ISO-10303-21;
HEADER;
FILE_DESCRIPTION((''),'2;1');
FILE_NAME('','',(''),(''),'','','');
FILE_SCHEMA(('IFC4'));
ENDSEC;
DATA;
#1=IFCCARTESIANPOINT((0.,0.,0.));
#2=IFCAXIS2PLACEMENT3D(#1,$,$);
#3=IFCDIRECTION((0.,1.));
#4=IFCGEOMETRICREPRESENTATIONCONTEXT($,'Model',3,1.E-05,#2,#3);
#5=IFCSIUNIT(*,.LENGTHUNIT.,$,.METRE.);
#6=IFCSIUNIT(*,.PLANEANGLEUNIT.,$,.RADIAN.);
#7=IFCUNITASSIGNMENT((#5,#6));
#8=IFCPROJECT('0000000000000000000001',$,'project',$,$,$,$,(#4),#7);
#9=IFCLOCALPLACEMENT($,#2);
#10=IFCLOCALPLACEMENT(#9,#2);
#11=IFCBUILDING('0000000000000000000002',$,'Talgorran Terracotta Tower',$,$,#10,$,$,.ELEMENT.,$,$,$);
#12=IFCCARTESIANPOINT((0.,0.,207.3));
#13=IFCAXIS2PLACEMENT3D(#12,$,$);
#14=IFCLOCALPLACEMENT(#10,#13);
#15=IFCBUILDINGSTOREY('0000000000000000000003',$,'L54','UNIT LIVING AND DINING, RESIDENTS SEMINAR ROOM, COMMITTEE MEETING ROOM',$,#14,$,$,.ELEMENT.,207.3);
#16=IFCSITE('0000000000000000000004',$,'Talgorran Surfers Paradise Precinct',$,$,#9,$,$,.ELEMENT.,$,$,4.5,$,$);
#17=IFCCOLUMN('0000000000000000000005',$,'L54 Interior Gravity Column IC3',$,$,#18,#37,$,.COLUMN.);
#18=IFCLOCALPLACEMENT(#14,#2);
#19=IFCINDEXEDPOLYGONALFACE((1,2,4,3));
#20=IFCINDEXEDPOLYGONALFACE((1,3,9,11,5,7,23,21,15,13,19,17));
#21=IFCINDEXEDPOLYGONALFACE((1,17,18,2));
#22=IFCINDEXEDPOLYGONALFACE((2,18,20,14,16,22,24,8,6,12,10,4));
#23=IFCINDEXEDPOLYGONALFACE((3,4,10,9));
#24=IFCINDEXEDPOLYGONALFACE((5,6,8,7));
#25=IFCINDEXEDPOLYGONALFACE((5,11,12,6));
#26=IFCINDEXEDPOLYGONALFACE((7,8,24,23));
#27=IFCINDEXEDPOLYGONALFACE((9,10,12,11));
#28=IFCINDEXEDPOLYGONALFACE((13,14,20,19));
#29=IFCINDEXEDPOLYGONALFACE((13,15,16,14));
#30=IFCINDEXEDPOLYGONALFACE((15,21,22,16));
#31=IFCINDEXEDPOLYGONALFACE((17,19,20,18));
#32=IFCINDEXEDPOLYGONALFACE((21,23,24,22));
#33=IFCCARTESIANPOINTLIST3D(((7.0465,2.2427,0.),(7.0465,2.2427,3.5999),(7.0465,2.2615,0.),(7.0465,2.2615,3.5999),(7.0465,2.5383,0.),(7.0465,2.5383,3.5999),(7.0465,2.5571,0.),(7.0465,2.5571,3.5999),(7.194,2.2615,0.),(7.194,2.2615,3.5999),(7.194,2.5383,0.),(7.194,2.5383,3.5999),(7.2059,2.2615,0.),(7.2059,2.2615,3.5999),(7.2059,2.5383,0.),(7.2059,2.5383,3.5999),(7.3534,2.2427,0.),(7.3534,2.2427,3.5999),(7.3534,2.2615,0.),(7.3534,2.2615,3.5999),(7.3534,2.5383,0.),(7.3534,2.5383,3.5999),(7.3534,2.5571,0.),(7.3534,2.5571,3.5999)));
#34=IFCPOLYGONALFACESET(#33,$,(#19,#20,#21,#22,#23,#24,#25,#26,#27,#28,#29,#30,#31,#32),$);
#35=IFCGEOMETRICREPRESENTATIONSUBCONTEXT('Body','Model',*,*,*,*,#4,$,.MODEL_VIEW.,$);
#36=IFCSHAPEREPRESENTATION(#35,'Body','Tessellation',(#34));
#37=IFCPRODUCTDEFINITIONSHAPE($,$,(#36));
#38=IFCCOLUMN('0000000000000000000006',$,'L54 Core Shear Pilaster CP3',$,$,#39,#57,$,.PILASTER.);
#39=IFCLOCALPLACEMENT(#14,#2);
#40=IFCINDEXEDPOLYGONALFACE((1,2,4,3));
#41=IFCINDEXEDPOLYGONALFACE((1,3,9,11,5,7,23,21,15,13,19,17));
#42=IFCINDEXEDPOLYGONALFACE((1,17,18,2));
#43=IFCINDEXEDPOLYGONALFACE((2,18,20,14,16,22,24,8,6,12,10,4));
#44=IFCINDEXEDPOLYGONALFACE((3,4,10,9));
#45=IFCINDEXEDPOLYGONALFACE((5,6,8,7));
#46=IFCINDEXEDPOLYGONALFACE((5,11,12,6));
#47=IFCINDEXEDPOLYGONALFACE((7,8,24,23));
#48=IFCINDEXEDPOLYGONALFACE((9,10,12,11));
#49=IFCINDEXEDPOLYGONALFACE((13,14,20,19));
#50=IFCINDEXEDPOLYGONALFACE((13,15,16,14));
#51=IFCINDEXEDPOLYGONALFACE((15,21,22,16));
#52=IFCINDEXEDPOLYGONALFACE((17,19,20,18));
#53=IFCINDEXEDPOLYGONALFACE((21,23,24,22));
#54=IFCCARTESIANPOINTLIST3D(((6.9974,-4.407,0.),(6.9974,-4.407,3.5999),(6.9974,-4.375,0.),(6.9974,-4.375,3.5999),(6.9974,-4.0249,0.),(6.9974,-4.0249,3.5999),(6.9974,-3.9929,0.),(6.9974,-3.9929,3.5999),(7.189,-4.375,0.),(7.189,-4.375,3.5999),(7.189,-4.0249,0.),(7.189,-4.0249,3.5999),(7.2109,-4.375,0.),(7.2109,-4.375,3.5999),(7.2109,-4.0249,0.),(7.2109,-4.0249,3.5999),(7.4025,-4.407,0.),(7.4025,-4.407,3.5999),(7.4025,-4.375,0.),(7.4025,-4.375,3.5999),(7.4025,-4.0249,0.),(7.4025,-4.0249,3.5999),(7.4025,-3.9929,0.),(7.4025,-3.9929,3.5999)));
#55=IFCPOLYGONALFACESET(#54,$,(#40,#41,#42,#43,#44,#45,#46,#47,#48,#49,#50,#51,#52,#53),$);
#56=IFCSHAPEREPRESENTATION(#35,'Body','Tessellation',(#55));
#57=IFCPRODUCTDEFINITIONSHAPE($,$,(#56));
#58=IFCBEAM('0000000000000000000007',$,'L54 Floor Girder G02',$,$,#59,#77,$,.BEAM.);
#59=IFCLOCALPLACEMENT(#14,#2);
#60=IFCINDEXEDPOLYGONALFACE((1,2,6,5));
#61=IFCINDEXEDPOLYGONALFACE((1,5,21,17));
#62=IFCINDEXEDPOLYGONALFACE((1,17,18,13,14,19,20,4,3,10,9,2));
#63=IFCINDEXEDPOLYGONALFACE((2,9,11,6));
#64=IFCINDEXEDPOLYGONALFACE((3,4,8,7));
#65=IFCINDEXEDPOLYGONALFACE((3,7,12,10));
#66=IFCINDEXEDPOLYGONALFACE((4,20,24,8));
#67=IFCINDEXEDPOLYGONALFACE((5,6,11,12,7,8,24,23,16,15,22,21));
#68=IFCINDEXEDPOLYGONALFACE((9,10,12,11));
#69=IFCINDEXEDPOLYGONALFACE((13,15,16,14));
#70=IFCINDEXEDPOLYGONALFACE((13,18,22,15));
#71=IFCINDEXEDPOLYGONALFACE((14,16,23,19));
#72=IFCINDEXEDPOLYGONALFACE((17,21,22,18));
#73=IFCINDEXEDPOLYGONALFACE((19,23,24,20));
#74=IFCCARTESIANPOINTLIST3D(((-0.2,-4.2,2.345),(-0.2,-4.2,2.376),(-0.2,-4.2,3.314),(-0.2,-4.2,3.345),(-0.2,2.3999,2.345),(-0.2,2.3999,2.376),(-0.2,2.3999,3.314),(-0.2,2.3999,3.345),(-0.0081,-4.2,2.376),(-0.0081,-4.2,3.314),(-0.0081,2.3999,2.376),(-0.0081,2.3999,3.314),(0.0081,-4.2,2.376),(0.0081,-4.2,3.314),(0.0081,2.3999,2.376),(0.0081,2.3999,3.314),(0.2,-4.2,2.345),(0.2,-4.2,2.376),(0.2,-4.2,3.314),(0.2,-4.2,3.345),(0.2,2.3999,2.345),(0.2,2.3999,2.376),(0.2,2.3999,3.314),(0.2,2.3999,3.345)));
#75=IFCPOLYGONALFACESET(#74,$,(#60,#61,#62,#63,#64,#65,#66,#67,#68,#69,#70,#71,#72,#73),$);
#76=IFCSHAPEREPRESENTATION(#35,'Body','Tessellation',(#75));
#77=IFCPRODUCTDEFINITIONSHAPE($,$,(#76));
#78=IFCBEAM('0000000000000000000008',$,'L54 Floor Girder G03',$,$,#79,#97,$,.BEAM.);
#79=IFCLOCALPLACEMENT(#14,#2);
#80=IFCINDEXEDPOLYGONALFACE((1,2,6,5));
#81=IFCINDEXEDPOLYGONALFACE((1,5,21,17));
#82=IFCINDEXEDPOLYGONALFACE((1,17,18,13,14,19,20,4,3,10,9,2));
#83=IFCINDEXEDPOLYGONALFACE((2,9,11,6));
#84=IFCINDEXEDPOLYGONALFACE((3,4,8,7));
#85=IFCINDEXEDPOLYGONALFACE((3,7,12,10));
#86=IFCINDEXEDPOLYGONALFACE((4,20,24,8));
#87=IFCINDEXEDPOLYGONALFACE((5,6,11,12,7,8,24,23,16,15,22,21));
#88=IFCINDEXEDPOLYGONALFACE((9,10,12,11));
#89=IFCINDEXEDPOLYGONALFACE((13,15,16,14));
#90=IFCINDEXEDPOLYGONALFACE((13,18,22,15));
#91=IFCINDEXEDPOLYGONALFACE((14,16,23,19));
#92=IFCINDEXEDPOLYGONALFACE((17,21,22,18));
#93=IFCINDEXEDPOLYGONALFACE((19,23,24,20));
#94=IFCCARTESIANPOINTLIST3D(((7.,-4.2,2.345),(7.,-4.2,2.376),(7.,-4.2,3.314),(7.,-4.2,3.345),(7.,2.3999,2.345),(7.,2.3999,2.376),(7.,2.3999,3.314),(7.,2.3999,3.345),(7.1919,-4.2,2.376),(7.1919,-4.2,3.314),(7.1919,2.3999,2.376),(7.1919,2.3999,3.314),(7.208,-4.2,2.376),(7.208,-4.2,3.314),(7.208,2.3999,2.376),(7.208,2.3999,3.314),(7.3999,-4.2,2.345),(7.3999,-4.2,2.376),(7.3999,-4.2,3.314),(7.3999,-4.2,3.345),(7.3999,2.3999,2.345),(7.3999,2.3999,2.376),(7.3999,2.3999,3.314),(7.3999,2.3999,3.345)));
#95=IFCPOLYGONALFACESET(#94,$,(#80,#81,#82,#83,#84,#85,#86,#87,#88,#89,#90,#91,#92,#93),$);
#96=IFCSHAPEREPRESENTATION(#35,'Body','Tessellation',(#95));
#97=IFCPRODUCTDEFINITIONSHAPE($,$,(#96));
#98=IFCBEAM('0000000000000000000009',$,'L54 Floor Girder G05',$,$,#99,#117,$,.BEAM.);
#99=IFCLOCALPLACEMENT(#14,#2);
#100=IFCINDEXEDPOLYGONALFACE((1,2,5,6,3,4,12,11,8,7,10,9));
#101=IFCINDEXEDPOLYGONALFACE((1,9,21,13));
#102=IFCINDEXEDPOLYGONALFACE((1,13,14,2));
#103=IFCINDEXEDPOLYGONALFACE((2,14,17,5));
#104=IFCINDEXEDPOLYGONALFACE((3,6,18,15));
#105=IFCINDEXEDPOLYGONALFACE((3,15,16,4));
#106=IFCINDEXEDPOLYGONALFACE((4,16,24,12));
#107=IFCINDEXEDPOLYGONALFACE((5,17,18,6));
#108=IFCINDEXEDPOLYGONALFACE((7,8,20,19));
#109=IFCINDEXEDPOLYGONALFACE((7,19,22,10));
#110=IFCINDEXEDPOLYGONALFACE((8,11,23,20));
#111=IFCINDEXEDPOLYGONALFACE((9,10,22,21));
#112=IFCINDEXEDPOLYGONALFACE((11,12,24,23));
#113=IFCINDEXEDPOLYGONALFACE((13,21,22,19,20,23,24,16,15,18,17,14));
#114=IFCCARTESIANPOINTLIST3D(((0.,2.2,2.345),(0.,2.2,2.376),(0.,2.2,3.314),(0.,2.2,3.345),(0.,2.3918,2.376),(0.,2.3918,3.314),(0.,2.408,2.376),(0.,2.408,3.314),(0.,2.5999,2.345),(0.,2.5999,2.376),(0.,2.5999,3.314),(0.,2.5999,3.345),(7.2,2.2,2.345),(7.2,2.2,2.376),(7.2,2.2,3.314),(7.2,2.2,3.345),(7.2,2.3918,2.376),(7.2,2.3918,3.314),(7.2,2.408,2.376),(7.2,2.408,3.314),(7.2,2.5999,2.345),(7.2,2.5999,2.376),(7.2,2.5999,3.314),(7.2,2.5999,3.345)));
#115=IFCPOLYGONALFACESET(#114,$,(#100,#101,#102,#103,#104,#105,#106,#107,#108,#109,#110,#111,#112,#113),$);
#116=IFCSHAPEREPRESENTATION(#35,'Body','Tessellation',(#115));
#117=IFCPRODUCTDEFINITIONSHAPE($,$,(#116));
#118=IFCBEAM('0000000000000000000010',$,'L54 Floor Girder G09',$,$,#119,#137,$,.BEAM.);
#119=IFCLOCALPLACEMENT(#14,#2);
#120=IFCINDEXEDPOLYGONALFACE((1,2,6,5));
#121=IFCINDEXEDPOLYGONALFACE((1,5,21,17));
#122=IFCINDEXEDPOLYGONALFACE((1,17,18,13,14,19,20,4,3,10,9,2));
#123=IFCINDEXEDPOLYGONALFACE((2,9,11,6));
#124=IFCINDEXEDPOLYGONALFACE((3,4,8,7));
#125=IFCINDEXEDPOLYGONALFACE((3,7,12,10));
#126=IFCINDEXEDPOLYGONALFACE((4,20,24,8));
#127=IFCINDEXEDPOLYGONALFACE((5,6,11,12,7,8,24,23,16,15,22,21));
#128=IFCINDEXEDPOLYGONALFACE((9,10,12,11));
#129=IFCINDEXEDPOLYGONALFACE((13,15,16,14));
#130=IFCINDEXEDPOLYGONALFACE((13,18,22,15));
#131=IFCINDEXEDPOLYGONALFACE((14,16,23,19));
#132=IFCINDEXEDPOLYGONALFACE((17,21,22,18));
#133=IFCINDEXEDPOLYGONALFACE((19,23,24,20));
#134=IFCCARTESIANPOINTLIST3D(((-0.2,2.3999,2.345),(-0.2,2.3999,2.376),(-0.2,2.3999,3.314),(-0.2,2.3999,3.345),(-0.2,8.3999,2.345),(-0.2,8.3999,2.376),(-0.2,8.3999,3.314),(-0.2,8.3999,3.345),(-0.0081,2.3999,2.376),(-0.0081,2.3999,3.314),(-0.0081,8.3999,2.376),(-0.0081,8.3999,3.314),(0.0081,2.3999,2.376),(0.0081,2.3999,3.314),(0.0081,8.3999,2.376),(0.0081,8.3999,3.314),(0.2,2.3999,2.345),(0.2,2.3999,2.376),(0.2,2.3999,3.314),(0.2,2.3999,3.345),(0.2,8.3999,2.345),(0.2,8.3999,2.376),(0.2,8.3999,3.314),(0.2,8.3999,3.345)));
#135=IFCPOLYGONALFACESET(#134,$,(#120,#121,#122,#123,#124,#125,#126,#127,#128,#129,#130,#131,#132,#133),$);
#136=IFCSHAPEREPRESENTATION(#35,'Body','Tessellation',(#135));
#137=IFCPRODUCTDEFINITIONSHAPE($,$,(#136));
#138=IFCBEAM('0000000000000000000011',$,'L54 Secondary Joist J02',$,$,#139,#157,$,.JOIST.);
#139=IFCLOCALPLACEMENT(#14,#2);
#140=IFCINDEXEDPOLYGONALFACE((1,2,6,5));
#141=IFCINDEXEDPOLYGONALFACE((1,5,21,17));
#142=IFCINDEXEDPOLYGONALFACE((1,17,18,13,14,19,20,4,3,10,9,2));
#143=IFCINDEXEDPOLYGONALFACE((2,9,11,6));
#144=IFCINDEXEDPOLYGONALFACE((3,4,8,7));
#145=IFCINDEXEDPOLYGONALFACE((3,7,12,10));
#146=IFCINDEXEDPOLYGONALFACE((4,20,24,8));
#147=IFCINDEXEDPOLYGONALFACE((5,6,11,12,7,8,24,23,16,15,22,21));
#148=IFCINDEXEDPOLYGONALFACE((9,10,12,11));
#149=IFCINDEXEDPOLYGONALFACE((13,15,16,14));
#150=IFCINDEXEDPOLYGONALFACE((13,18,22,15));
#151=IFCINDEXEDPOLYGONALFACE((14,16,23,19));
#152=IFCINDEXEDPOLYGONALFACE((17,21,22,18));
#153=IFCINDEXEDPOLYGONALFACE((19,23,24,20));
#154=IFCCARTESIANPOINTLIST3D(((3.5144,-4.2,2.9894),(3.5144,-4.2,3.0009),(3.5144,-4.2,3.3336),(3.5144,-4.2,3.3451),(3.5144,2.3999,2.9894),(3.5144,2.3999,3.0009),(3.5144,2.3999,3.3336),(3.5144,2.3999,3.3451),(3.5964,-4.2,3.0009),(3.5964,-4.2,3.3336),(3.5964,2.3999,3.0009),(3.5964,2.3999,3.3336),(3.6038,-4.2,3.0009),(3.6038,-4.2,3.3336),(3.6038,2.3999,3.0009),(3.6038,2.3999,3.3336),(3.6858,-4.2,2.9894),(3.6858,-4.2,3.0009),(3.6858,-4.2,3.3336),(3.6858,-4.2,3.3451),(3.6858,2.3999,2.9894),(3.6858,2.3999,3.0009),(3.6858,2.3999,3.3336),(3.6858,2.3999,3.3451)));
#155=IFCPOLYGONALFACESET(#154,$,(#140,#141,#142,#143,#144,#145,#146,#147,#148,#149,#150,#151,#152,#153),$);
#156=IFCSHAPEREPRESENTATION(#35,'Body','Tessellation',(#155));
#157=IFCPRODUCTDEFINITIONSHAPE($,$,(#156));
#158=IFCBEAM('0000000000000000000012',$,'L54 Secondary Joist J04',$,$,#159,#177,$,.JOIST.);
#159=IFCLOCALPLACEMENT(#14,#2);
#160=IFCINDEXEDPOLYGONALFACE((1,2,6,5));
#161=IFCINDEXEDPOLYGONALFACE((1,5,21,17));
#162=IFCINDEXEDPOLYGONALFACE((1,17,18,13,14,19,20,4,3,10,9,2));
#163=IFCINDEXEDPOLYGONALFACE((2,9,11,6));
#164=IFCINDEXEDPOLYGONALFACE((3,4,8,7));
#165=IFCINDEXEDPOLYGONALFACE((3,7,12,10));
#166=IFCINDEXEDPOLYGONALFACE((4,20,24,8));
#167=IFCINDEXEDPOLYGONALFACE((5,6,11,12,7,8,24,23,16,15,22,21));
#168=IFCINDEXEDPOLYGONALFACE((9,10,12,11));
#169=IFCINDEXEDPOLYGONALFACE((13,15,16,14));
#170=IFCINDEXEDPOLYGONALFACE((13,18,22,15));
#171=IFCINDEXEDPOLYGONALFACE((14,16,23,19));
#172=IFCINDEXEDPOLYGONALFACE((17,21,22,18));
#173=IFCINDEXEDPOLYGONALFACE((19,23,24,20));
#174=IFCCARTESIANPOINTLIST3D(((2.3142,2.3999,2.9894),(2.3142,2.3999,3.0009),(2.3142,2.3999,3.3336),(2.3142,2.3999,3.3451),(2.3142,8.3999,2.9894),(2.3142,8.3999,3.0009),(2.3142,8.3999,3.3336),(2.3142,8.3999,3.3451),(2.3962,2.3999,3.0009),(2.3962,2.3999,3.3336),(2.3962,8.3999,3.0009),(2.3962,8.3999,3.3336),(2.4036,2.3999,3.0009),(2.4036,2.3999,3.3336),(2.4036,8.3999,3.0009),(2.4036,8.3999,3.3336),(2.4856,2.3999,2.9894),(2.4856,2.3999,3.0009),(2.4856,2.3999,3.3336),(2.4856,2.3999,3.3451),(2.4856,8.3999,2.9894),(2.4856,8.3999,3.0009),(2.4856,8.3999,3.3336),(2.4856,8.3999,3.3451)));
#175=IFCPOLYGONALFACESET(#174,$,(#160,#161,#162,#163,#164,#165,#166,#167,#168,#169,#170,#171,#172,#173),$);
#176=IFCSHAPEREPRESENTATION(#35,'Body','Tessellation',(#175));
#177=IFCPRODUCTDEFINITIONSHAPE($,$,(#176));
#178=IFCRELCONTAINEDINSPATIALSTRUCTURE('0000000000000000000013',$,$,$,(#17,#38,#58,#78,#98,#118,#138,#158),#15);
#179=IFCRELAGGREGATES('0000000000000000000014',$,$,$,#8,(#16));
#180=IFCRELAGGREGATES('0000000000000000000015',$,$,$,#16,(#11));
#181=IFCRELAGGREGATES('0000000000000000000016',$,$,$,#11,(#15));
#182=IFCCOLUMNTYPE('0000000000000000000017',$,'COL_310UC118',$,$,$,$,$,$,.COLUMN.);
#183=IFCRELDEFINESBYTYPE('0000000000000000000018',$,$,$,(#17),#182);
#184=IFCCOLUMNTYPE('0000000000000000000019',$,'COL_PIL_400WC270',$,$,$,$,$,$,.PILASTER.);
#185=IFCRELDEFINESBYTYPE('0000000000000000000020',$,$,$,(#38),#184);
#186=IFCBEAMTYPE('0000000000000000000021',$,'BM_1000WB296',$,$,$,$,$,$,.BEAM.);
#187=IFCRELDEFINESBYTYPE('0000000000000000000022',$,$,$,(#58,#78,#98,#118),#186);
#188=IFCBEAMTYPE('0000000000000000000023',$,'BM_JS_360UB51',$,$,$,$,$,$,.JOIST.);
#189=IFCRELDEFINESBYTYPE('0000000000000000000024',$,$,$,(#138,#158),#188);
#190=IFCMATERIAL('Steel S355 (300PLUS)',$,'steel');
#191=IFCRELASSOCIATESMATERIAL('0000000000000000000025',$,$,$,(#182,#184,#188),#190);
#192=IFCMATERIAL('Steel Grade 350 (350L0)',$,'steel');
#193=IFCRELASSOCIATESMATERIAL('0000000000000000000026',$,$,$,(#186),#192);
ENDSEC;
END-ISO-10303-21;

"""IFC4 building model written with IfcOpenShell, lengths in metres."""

from ifc_helpers import new_model, si_unit, direction, frame, origin, origin_2d, place, context, subcontext, project, spatial, i_section, extrude, material, material_profile, profile_set, type_object, element, save


model = new_model("IFC4")

# Units and contexts
model_context = context("Model", 3, precision=1e-05, world=origin(), true_north=direction((0.0, 1.0)))
body_context = subcontext(model_context, "Body", "Model", "MODEL_VIEW")
ifc_project = project(units=[si_unit("LENGTHUNIT", "METRE"), si_unit("PLANEANGLEUNIT", "RADIAN")], contexts=[model_context])

# Site, building, storey
site_placement = place(None, origin())
site = spatial("IfcSite", under=ifc_project, at=site_placement, Name="Talgorran Surfers Paradise Precinct", CompositionType="ELEMENT", RefElevation=4.5)
building_placement = place(site_placement, origin())
building = spatial("IfcBuilding", under=site, at=building_placement, Name="Talgorran Terracotta Tower", CompositionType="ELEMENT")
storey_placement = place(building_placement, frame((0.0, 0.0, 207.3)))
storey = spatial("IfcBuildingStorey", under=building, at=storey_placement, Name="L54", Description="UNIT LIVING AND DINING, RESIDENTS SEMINAR ROOM, COMMITTEE MEETING ROOM", CompositionType="ELEMENT", Elevation=207.3)

# Columns
ifc_material_1 = material(Name="Steel S355 (300PLUS)", Category="steel")
ifc_material_profile_1 = material_profile(ifc_material_1, i_section(OverallWidth=0.3069, OverallDepth=0.3145, WebThickness=0.012, FlangeThickness=0.0188, at=origin_2d()), Name="310UC118")
ifc_profile_set_1 = profile_set([ifc_material_profile_1], Name="Steel S355 (300PLUS)")
column_type_1 = type_object("IfcColumnType", Name="COL_310UC118", PredefinedType="COLUMN", material=ifc_profile_set_1)
column_1_placement = place(storey_placement, frame((7.2, 2.3999, 0.0), z_axis=(0.0, 0.0, 1.0), x_axis=(1.0, 0.0, 0.0)))
element("IfcColumn", 1, at=column_1_placement, inside=storey, type_object=column_type_1, Name="L54 Interior Gravity Column IC3", PredefinedType="COLUMN", context=body_context, shape_type="SweptSolid", body=[
    extrude(i_section(OverallWidth=0.3069, OverallDepth=0.3145, WebThickness=0.012, FlangeThickness=0.0188, at=origin_2d()), origin(), (0.0, 0.0, 1.0), 3.5999),
])
ifc_material_profile_2 = material_profile(ifc_material_1, i_section(OverallWidth=0.405, OverallDepth=0.4141, WebThickness=0.022, FlangeThickness=0.032, at=origin_2d()), Name="400WC270")
ifc_profile_set_2 = profile_set([ifc_material_profile_2], Name="Steel S355 (300PLUS)")
column_type_2 = type_object("IfcColumnType", Name="COL_PIL_400WC270", PredefinedType="PILASTER", material=ifc_profile_set_2)
column_2_placement = place(storey_placement, frame((7.2, -4.2, 0.0), z_axis=(0.0, 0.0, 1.0), x_axis=(1.0, 0.0, 0.0)))
element("IfcColumn", 2, at=column_2_placement, inside=storey, type_object=column_type_2, Name="L54 Core Shear Pilaster CP3", PredefinedType="PILASTER", context=body_context, shape_type="SweptSolid", body=[
    extrude(i_section(OverallWidth=0.405, OverallDepth=0.4141, WebThickness=0.022, FlangeThickness=0.032, at=origin_2d()), origin(), (0.0, 0.0, 1.0), 3.5999),
])

# Beams
ifc_material_2 = material(Name="Steel Grade 350 (350L0)", Category="steel")
ifc_material_profile_3 = material_profile(ifc_material_2, i_section(OverallWidth=0.3999, OverallDepth=1.0, WebThickness=0.0161, FlangeThickness=0.031, at=origin_2d()), Name="1000WB296")
ifc_profile_set_3 = profile_set([ifc_material_profile_3], Name="Steel Grade 350 (350L0)")
beam_type_1 = type_object("IfcBeamType", Name="BM_1000WB296", PredefinedType="BEAM", material=ifc_profile_set_3)
for number, where, z_axis, x_axis, name in (
    (3, (0.0, -4.2, 2.845), (0.0, 1.0, 0.0), (-1.0, 0.0, 0.0), "L54 Floor Girder G02"),
    (4, (7.2, -4.2, 2.845), (0.0, 1.0, 0.0), (-1.0, 0.0, 0.0), "L54 Floor Girder G03"),
):
    element("IfcBeam", number, at=place(storey_placement, frame(where, z_axis=z_axis, x_axis=x_axis)), inside=storey, type_object=beam_type_1, Name=name, PredefinedType="BEAM", context=body_context, shape_type="SweptSolid", body=[
        extrude(i_section(OverallWidth=0.3999, OverallDepth=1.0, WebThickness=0.0161, FlangeThickness=0.031, at=origin_2d()), origin(), (0.0, 0.0, 1.0), 6.5999),
    ])
beam_1_placement = place(storey_placement, frame((0.0, 2.3999, 2.845), z_axis=(1.0, 0.0, 0.0), x_axis=(0.0, 1.0, 0.0)))
element("IfcBeam", 5, at=beam_1_placement, inside=storey, type_object=beam_type_1, Name="L54 Floor Girder G05", PredefinedType="BEAM", context=body_context, shape_type="SweptSolid", body=[
    extrude(i_section(OverallWidth=0.3999, OverallDepth=1.0, WebThickness=0.0161, FlangeThickness=0.031, at=origin_2d()), origin(), (0.0, 0.0, 1.0), 7.2),
])
beam_2_placement = place(storey_placement, frame((0.0, 2.3999, 2.845), z_axis=(0.0, 1.0, 0.0), x_axis=(-1.0, 0.0, 0.0)))
element("IfcBeam", 6, at=beam_2_placement, inside=storey, type_object=beam_type_1, Name="L54 Floor Girder G09", PredefinedType="BEAM", context=body_context, shape_type="SweptSolid", body=[
    extrude(i_section(OverallWidth=0.3999, OverallDepth=1.0, WebThickness=0.0161, FlangeThickness=0.031, at=origin_2d()), origin(), (0.0, 0.0, 1.0), 6.0),
])
ifc_material_profile_4 = material_profile(ifc_material_1, i_section(OverallWidth=0.1714, OverallDepth=0.3557, WebThickness=0.0073, FlangeThickness=0.0115, at=origin_2d()), Name="360UB50.7")
ifc_profile_set_4 = profile_set([ifc_material_profile_4], Name="Steel S355 (300PLUS)")
beam_type_2 = type_object("IfcBeamType", Name="BM_JS_360UB51", PredefinedType="JOIST", material=ifc_profile_set_4)
beam_3_placement = place(storey_placement, frame((3.6001, -4.2, 3.1672), z_axis=(0.0, 1.0, 0.0), x_axis=(-1.0, 0.0, 0.0)))
element("IfcBeam", 7, at=beam_3_placement, inside=storey, type_object=beam_type_2, Name="L54 Secondary Joist J02", PredefinedType="JOIST", context=body_context, shape_type="SweptSolid", body=[
    extrude(i_section(OverallWidth=0.1714, OverallDepth=0.3557, WebThickness=0.0073, FlangeThickness=0.0115, at=origin_2d()), origin(), (0.0, 0.0, 1.0), 6.5999),
])
beam_4_placement = place(storey_placement, frame((2.3999, 2.3999, 3.1672), z_axis=(0.0, 1.0, 0.0), x_axis=(-1.0, 0.0, 0.0)))
element("IfcBeam", 8, at=beam_4_placement, inside=storey, type_object=beam_type_2, Name="L54 Secondary Joist J04", PredefinedType="JOIST", context=body_context, shape_type="SweptSolid", body=[
    extrude(i_section(OverallWidth=0.1714, OverallDepth=0.3557, WebThickness=0.0073, FlangeThickness=0.0115, at=origin_2d()), origin(), (0.0, 0.0, 1.0), 6.0),
])

save(model, "model.ifc")
